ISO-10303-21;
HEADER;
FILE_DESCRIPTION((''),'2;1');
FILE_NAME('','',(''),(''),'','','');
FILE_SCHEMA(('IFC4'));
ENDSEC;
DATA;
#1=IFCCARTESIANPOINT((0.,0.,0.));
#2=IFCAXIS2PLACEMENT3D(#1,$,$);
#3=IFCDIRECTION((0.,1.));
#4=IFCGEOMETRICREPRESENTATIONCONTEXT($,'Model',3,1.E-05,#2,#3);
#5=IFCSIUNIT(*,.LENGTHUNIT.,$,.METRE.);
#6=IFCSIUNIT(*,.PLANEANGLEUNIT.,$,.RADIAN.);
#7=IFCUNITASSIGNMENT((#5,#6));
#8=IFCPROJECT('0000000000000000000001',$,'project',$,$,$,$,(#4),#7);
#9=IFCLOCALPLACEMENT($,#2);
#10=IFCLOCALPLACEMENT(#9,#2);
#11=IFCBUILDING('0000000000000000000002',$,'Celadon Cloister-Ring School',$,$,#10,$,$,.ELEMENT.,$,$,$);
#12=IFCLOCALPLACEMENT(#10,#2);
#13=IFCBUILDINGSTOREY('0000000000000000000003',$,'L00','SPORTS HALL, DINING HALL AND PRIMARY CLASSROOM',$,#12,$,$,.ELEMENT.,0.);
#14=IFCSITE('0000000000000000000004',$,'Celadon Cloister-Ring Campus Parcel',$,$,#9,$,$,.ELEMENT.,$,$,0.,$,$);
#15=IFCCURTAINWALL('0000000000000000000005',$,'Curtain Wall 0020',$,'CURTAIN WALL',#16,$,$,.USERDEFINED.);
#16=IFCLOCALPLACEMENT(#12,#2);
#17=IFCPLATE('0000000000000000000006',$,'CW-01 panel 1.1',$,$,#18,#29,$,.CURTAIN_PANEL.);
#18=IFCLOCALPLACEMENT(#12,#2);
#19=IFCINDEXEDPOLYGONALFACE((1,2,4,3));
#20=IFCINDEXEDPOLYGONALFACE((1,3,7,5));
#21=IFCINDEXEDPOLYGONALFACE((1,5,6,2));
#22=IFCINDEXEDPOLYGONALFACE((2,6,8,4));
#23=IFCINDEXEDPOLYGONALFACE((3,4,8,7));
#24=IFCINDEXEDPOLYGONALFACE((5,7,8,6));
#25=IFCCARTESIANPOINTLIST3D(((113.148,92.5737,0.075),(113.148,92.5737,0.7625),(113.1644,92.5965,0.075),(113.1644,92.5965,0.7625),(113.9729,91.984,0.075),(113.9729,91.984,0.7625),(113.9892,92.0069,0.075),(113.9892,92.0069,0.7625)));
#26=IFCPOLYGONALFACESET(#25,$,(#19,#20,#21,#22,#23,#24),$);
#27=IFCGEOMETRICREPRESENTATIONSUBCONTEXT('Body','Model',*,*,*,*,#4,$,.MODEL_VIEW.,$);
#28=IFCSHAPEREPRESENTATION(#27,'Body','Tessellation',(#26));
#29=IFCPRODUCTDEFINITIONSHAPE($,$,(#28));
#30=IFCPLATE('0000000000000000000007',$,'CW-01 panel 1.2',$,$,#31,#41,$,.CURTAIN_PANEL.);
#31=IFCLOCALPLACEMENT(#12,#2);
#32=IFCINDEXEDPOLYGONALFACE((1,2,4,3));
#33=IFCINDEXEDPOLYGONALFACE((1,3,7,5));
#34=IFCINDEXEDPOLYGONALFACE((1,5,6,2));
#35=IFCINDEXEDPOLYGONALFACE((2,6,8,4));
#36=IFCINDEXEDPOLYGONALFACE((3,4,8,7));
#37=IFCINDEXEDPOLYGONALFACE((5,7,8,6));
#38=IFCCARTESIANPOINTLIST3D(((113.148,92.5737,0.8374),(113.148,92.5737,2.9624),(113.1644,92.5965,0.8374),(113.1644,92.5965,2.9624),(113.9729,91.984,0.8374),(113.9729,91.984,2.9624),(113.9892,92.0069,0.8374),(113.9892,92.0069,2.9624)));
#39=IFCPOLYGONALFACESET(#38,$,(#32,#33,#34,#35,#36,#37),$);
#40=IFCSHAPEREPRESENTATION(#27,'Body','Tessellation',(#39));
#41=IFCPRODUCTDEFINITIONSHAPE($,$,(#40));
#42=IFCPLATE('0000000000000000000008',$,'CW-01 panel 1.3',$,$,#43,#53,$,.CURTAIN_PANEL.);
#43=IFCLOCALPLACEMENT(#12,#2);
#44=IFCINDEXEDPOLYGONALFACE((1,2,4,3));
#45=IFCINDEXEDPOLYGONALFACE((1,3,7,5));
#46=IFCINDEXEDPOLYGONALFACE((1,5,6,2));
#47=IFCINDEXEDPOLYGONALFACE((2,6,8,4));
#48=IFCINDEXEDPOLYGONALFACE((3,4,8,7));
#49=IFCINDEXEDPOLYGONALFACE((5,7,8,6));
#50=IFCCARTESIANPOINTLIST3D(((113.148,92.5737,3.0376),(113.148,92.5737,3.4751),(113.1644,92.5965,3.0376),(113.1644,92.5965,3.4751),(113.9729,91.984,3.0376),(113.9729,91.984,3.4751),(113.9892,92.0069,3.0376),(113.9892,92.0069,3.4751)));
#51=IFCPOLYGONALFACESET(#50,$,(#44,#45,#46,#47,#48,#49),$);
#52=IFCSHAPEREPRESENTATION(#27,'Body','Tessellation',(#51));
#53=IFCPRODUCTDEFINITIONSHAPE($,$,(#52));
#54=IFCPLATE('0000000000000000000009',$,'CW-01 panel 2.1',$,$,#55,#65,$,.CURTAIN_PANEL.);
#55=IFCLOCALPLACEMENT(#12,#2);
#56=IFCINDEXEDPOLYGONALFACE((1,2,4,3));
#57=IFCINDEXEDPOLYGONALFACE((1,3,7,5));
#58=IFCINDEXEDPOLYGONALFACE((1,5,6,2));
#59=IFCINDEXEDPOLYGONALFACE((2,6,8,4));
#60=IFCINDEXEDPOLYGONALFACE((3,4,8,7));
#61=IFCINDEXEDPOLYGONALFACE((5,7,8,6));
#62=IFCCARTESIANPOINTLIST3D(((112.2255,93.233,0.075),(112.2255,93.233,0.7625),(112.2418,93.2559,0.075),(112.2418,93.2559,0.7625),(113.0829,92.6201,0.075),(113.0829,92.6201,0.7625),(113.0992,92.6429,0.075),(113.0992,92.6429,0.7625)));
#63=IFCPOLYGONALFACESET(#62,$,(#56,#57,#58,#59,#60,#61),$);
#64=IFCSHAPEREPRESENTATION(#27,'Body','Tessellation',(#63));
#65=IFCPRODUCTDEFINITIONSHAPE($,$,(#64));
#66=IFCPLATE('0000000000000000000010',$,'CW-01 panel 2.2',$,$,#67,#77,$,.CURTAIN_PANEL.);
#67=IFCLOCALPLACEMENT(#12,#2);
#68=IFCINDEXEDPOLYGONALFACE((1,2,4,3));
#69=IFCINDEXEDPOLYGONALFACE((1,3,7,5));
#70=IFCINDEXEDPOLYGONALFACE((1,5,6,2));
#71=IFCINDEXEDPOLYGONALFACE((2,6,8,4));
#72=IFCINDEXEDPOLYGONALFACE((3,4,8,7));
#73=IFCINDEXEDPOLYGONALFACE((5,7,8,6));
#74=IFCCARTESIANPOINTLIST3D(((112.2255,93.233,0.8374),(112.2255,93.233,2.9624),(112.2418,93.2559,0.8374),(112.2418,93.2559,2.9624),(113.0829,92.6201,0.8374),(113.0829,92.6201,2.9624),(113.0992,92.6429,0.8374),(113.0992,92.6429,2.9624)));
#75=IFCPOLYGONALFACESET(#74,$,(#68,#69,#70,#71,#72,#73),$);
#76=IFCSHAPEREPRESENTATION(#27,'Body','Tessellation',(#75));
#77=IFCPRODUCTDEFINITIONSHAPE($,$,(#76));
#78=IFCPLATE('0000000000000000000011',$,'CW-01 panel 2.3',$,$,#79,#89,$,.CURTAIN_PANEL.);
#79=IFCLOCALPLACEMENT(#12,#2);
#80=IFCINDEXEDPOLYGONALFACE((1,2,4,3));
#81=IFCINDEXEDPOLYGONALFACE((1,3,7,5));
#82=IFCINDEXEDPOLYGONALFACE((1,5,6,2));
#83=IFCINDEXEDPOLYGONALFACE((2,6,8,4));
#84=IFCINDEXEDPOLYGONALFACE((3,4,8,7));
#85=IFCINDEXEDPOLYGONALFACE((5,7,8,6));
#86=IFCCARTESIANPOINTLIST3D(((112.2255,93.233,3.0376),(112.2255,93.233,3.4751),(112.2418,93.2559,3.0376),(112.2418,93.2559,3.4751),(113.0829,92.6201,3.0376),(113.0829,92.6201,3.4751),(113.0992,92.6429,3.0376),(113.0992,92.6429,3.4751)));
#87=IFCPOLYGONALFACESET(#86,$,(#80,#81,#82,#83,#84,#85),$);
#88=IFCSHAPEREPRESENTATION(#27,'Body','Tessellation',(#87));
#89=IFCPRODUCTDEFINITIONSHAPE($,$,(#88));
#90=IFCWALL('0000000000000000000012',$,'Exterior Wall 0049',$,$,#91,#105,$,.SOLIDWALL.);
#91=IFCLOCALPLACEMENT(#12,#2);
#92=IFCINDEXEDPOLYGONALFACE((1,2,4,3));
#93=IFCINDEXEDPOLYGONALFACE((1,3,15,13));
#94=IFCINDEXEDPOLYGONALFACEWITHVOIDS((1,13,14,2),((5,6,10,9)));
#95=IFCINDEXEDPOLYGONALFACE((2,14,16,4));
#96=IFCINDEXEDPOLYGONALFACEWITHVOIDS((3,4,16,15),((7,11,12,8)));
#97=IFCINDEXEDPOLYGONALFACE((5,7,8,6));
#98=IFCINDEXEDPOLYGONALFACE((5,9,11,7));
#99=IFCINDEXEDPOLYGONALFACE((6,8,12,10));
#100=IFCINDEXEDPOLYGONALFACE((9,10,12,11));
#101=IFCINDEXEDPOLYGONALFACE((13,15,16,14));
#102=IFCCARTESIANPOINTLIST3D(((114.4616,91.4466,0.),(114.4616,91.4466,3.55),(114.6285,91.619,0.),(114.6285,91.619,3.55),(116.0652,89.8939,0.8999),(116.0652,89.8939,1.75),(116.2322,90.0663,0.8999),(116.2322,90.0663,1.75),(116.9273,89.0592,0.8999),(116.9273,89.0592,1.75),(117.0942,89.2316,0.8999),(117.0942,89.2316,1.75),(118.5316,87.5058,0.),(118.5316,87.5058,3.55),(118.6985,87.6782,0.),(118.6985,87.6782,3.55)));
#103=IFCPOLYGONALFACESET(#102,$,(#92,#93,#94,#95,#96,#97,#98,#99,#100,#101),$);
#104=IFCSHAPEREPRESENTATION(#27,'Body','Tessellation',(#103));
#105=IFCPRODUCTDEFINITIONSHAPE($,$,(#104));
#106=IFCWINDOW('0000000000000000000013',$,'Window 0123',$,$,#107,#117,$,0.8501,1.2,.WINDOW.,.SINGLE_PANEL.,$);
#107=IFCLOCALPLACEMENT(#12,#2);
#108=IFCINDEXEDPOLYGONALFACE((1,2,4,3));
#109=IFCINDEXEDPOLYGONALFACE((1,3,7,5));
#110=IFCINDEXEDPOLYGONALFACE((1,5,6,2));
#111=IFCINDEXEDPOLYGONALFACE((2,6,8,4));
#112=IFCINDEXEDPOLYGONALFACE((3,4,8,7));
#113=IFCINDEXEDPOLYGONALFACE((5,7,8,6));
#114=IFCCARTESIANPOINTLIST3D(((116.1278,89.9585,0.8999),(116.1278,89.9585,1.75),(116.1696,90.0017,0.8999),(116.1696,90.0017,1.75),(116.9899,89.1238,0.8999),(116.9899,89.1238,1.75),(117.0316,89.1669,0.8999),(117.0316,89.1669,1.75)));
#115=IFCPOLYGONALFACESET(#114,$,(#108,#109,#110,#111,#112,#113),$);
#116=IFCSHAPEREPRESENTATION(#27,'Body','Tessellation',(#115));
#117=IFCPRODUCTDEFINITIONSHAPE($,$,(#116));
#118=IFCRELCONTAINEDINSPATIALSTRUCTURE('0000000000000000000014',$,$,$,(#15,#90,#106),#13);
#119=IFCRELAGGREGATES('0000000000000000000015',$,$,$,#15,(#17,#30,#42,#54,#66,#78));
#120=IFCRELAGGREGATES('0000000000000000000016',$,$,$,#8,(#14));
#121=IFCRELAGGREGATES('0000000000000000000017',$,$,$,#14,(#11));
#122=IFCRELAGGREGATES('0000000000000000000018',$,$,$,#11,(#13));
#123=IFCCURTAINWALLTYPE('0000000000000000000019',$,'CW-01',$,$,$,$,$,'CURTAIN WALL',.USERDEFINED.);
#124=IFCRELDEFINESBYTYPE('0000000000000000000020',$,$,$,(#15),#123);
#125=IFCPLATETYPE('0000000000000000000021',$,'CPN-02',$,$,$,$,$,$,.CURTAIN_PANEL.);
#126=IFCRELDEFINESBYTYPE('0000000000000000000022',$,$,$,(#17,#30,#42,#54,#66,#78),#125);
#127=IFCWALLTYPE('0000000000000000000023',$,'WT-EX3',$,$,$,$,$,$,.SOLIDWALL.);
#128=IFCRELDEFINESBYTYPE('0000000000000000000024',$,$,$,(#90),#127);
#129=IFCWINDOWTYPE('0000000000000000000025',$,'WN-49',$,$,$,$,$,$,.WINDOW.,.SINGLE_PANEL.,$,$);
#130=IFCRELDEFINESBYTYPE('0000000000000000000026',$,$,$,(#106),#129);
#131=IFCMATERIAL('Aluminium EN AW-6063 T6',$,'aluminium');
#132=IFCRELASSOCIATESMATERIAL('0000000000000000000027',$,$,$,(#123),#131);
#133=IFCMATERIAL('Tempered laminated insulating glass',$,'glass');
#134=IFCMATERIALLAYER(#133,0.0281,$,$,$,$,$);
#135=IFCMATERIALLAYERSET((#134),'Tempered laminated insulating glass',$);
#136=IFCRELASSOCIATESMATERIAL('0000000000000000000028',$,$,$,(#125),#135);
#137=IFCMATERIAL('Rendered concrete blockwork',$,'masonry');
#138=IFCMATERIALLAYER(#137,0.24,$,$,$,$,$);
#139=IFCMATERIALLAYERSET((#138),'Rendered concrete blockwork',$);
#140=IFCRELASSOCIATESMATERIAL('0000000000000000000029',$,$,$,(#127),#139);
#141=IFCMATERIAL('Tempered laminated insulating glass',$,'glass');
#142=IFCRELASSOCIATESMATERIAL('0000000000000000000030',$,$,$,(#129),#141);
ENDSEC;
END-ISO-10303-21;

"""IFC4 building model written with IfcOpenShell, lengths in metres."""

from ifc_helpers import new_model, si_unit, direction, frame, frame_2d, origin, origin_2d, place, context, subcontext, project, spatial, rectangle, extrude, material, layer, layer_set, type_object, element, fill, aggregate, save


model = new_model("IFC4")

# Units and contexts
model_context = context("Model", 3, precision=1e-05, world=origin(), true_north=direction((0.0, 1.0)))
body_context = subcontext(model_context, "Body", "Model", "MODEL_VIEW")
ifc_project = project(units=[si_unit("LENGTHUNIT", "METRE"), si_unit("PLANEANGLEUNIT", "RADIAN")], contexts=[model_context])

# Site, building, storey
site_placement = place(None, origin())
site = spatial("IfcSite", under=ifc_project, at=site_placement, Name="Celadon Cloister-Ring Campus Parcel", CompositionType="ELEMENT", RefElevation=0.0)
building_placement = place(site_placement, origin())
building = spatial("IfcBuilding", under=site, at=building_placement, Name="Celadon Cloister-Ring School", CompositionType="ELEMENT")
storey_placement = place(building_placement, origin())
storey = spatial("IfcBuildingStorey", under=building, at=storey_placement, Name="L00", Description="SPORTS HALL, DINING HALL AND PRIMARY CLASSROOM", CompositionType="ELEMENT", Elevation=0.0)

# Curtain wall
ifc_material_1 = material(Name="Aluminium EN AW-6063 T6", Category="aluminium")
curtain_wall_type = type_object("IfcCurtainWallType", Name="CW-01", ElementType="CURTAIN WALL", PredefinedType="USERDEFINED", material=ifc_material_1)
curtain_wall_placement = place(storey_placement, origin())
curtain_wall = element("IfcCurtainWall", 1, at=curtain_wall_placement, inside=storey, type_object=curtain_wall_type, Name="Curtain Wall 0020", ObjectType="CURTAIN WALL", PredefinedType="USERDEFINED")

# Plates
ifc_material_2 = material(Name="Tempered laminated insulating glass", Category="glass")
ifc_layer_1 = layer(ifc_material_2, 0.0281)
ifc_layer_set_1 = layer_set([ifc_layer_1], Name="Tempered laminated insulating glass")
plate_type = type_object("IfcPlateType", Name="CPN-02", PredefinedType="CURTAIN_PANEL", material=ifc_layer_set_1)
plate_1_placement = place(storey_placement, frame((113.5686, 92.2903, 0.075), z_axis=(0.0, 0.0, 1.0), x_axis=(-0.813507, 0.581555, 0.0)))
plate_1 = element("IfcPlate", 2, at=plate_1_placement, type_object=plate_type, Name="CW-01 panel 1.1", PredefinedType="CURTAIN_PANEL", context=body_context, shape_type="SweptSolid", body=[
    extrude(rectangle(XDim=1.0139, YDim=0.0281, at=origin_2d()), origin(), (0.0, 0.0, 1.0), 0.6875),
])
plate_2_placement = place(storey_placement, frame((113.5686, 92.2903, 0.8374), z_axis=(0.0, 0.0, 1.0), x_axis=(-0.813507, 0.581555, 0.0)))
plate_2 = element("IfcPlate", 3, at=plate_2_placement, type_object=plate_type, Name="CW-01 panel 1.2", PredefinedType="CURTAIN_PANEL", context=body_context, shape_type="SweptSolid", body=[
    extrude(rectangle(XDim=1.0139, YDim=0.0281, at=origin_2d()), origin(), (0.0, 0.0, 1.0), 2.125),
])
plate_3_placement = place(storey_placement, frame((113.5686, 92.2903, 3.0376), z_axis=(0.0, 0.0, 1.0), x_axis=(-0.813507, 0.581555, 0.0)))
plate_3 = element("IfcPlate", 4, at=plate_3_placement, type_object=plate_type, Name="CW-01 panel 1.3", PredefinedType="CURTAIN_PANEL", context=body_context, shape_type="SweptSolid", body=[
    extrude(rectangle(XDim=1.0139, YDim=0.0281, at=origin_2d()), origin(), (0.0, 0.0, 1.0), 0.4375),
])
plate_4_placement = place(storey_placement, frame((112.6624, 92.938, 0.075), z_axis=(0.0, 0.0, 1.0), x_axis=(-0.813507, 0.581555, 0.0)))
plate_4 = element("IfcPlate", 5, at=plate_4_placement, type_object=plate_type, Name="CW-01 panel 2.1", PredefinedType="CURTAIN_PANEL", context=body_context, shape_type="SweptSolid", body=[
    extrude(rectangle(XDim=1.054, YDim=0.0281, at=origin_2d()), origin(), (0.0, 0.0, 1.0), 0.6875),
])
plate_5_placement = place(storey_placement, frame((112.6624, 92.938, 0.8374), z_axis=(0.0, 0.0, 1.0), x_axis=(-0.813507, 0.581555, 0.0)))
plate_5 = element("IfcPlate", 6, at=plate_5_placement, type_object=plate_type, Name="CW-01 panel 2.2", PredefinedType="CURTAIN_PANEL", context=body_context, shape_type="SweptSolid", body=[
    extrude(rectangle(XDim=1.054, YDim=0.0281, at=origin_2d()), origin(), (0.0, 0.0, 1.0), 2.125),
])
plate_6_placement = place(storey_placement, frame((112.6624, 92.938, 3.0376), z_axis=(0.0, 0.0, 1.0), x_axis=(-0.813507, 0.581555, 0.0)))
plate_6 = element("IfcPlate", 7, at=plate_6_placement, type_object=plate_type, Name="CW-01 panel 2.3", PredefinedType="CURTAIN_PANEL", context=body_context, shape_type="SweptSolid", body=[
    extrude(rectangle(XDim=1.054, YDim=0.0281, at=origin_2d()), origin(), (0.0, 0.0, 1.0), 0.4375),
])
aggregate(curtain_wall, [plate_1, plate_2, plate_3, plate_4, plate_5, plate_6])

# Wall, opening, window
ifc_material_3 = material(Name="Rendered concrete blockwork", Category="masonry")
ifc_layer_2 = layer(ifc_material_3, 0.24)
ifc_layer_set_2 = layer_set([ifc_layer_2], Name="Rendered concrete blockwork")
wall_type = type_object("IfcWallType", Name="WT-EX3", PredefinedType="SOLIDWALL", material=ifc_layer_set_2)
wall_placement = place(storey_placement, frame((118.615, 87.592, 0.0), z_axis=(0.0, 0.0, 1.0), x_axis=(-0.718413, 0.695617, 0.0)))
wall = element("IfcWall", 8, at=wall_placement, inside=storey, type_object=wall_type, Name="Exterior Wall 0049", PredefinedType="SOLIDWALL", context=body_context, shape_type="SweptSolid", body=[
    extrude(rectangle(XDim=5.6653, YDim=0.24, at=frame_2d((2.8325, 0.0))), origin(), (0.0, 0.0, 1.0), 3.55),
])
opening_placement = place(wall_placement, frame((2.2329, 0.0, 0.8999)))
opening = element("IfcOpeningElement", 9, at=opening_placement, cuts=wall, PredefinedType="OPENING", context=body_context, shape_type="SweptSolid", body=[
    extrude(rectangle(XDim=1.2, YDim=0.8501, at=frame_2d((0.6001, 0.425))), frame((0.0, 0.1299, 0.0), z_axis=(0.0, -1.0, 0.0), x_axis=(1.0, 0.0, 0.0)), (0.0, 0.0, 1.0), 0.26),
])
ifc_material_4 = material(Name="Tempered laminated insulating glass", Category="glass")
window_type = type_object("IfcWindowType", Name="WN-49", PartitioningType="SINGLE_PANEL", PredefinedType="WINDOW", material=ifc_material_4)
window_placement = place(opening_placement, origin())
window = element("IfcWindow", 10, at=window_placement, inside=storey, type_object=window_type, Name="Window 0123", OverallHeight=0.8501, OverallWidth=1.2, PartitioningType="SINGLE_PANEL", PredefinedType="WINDOW", context=body_context, shape_type="SweptSolid", body=[
    extrude(rectangle(XDim=1.2, YDim=0.8501, at=frame_2d((0.6001, 0.425))), frame((0.0, 0.03, 0.0), z_axis=(0.0, -1.0, 0.0), x_axis=(1.0, 0.0, 0.0)), (0.0, 0.0, 1.0), 0.0601),
])
fill(opening, window)

save(model, "model.ifc")
